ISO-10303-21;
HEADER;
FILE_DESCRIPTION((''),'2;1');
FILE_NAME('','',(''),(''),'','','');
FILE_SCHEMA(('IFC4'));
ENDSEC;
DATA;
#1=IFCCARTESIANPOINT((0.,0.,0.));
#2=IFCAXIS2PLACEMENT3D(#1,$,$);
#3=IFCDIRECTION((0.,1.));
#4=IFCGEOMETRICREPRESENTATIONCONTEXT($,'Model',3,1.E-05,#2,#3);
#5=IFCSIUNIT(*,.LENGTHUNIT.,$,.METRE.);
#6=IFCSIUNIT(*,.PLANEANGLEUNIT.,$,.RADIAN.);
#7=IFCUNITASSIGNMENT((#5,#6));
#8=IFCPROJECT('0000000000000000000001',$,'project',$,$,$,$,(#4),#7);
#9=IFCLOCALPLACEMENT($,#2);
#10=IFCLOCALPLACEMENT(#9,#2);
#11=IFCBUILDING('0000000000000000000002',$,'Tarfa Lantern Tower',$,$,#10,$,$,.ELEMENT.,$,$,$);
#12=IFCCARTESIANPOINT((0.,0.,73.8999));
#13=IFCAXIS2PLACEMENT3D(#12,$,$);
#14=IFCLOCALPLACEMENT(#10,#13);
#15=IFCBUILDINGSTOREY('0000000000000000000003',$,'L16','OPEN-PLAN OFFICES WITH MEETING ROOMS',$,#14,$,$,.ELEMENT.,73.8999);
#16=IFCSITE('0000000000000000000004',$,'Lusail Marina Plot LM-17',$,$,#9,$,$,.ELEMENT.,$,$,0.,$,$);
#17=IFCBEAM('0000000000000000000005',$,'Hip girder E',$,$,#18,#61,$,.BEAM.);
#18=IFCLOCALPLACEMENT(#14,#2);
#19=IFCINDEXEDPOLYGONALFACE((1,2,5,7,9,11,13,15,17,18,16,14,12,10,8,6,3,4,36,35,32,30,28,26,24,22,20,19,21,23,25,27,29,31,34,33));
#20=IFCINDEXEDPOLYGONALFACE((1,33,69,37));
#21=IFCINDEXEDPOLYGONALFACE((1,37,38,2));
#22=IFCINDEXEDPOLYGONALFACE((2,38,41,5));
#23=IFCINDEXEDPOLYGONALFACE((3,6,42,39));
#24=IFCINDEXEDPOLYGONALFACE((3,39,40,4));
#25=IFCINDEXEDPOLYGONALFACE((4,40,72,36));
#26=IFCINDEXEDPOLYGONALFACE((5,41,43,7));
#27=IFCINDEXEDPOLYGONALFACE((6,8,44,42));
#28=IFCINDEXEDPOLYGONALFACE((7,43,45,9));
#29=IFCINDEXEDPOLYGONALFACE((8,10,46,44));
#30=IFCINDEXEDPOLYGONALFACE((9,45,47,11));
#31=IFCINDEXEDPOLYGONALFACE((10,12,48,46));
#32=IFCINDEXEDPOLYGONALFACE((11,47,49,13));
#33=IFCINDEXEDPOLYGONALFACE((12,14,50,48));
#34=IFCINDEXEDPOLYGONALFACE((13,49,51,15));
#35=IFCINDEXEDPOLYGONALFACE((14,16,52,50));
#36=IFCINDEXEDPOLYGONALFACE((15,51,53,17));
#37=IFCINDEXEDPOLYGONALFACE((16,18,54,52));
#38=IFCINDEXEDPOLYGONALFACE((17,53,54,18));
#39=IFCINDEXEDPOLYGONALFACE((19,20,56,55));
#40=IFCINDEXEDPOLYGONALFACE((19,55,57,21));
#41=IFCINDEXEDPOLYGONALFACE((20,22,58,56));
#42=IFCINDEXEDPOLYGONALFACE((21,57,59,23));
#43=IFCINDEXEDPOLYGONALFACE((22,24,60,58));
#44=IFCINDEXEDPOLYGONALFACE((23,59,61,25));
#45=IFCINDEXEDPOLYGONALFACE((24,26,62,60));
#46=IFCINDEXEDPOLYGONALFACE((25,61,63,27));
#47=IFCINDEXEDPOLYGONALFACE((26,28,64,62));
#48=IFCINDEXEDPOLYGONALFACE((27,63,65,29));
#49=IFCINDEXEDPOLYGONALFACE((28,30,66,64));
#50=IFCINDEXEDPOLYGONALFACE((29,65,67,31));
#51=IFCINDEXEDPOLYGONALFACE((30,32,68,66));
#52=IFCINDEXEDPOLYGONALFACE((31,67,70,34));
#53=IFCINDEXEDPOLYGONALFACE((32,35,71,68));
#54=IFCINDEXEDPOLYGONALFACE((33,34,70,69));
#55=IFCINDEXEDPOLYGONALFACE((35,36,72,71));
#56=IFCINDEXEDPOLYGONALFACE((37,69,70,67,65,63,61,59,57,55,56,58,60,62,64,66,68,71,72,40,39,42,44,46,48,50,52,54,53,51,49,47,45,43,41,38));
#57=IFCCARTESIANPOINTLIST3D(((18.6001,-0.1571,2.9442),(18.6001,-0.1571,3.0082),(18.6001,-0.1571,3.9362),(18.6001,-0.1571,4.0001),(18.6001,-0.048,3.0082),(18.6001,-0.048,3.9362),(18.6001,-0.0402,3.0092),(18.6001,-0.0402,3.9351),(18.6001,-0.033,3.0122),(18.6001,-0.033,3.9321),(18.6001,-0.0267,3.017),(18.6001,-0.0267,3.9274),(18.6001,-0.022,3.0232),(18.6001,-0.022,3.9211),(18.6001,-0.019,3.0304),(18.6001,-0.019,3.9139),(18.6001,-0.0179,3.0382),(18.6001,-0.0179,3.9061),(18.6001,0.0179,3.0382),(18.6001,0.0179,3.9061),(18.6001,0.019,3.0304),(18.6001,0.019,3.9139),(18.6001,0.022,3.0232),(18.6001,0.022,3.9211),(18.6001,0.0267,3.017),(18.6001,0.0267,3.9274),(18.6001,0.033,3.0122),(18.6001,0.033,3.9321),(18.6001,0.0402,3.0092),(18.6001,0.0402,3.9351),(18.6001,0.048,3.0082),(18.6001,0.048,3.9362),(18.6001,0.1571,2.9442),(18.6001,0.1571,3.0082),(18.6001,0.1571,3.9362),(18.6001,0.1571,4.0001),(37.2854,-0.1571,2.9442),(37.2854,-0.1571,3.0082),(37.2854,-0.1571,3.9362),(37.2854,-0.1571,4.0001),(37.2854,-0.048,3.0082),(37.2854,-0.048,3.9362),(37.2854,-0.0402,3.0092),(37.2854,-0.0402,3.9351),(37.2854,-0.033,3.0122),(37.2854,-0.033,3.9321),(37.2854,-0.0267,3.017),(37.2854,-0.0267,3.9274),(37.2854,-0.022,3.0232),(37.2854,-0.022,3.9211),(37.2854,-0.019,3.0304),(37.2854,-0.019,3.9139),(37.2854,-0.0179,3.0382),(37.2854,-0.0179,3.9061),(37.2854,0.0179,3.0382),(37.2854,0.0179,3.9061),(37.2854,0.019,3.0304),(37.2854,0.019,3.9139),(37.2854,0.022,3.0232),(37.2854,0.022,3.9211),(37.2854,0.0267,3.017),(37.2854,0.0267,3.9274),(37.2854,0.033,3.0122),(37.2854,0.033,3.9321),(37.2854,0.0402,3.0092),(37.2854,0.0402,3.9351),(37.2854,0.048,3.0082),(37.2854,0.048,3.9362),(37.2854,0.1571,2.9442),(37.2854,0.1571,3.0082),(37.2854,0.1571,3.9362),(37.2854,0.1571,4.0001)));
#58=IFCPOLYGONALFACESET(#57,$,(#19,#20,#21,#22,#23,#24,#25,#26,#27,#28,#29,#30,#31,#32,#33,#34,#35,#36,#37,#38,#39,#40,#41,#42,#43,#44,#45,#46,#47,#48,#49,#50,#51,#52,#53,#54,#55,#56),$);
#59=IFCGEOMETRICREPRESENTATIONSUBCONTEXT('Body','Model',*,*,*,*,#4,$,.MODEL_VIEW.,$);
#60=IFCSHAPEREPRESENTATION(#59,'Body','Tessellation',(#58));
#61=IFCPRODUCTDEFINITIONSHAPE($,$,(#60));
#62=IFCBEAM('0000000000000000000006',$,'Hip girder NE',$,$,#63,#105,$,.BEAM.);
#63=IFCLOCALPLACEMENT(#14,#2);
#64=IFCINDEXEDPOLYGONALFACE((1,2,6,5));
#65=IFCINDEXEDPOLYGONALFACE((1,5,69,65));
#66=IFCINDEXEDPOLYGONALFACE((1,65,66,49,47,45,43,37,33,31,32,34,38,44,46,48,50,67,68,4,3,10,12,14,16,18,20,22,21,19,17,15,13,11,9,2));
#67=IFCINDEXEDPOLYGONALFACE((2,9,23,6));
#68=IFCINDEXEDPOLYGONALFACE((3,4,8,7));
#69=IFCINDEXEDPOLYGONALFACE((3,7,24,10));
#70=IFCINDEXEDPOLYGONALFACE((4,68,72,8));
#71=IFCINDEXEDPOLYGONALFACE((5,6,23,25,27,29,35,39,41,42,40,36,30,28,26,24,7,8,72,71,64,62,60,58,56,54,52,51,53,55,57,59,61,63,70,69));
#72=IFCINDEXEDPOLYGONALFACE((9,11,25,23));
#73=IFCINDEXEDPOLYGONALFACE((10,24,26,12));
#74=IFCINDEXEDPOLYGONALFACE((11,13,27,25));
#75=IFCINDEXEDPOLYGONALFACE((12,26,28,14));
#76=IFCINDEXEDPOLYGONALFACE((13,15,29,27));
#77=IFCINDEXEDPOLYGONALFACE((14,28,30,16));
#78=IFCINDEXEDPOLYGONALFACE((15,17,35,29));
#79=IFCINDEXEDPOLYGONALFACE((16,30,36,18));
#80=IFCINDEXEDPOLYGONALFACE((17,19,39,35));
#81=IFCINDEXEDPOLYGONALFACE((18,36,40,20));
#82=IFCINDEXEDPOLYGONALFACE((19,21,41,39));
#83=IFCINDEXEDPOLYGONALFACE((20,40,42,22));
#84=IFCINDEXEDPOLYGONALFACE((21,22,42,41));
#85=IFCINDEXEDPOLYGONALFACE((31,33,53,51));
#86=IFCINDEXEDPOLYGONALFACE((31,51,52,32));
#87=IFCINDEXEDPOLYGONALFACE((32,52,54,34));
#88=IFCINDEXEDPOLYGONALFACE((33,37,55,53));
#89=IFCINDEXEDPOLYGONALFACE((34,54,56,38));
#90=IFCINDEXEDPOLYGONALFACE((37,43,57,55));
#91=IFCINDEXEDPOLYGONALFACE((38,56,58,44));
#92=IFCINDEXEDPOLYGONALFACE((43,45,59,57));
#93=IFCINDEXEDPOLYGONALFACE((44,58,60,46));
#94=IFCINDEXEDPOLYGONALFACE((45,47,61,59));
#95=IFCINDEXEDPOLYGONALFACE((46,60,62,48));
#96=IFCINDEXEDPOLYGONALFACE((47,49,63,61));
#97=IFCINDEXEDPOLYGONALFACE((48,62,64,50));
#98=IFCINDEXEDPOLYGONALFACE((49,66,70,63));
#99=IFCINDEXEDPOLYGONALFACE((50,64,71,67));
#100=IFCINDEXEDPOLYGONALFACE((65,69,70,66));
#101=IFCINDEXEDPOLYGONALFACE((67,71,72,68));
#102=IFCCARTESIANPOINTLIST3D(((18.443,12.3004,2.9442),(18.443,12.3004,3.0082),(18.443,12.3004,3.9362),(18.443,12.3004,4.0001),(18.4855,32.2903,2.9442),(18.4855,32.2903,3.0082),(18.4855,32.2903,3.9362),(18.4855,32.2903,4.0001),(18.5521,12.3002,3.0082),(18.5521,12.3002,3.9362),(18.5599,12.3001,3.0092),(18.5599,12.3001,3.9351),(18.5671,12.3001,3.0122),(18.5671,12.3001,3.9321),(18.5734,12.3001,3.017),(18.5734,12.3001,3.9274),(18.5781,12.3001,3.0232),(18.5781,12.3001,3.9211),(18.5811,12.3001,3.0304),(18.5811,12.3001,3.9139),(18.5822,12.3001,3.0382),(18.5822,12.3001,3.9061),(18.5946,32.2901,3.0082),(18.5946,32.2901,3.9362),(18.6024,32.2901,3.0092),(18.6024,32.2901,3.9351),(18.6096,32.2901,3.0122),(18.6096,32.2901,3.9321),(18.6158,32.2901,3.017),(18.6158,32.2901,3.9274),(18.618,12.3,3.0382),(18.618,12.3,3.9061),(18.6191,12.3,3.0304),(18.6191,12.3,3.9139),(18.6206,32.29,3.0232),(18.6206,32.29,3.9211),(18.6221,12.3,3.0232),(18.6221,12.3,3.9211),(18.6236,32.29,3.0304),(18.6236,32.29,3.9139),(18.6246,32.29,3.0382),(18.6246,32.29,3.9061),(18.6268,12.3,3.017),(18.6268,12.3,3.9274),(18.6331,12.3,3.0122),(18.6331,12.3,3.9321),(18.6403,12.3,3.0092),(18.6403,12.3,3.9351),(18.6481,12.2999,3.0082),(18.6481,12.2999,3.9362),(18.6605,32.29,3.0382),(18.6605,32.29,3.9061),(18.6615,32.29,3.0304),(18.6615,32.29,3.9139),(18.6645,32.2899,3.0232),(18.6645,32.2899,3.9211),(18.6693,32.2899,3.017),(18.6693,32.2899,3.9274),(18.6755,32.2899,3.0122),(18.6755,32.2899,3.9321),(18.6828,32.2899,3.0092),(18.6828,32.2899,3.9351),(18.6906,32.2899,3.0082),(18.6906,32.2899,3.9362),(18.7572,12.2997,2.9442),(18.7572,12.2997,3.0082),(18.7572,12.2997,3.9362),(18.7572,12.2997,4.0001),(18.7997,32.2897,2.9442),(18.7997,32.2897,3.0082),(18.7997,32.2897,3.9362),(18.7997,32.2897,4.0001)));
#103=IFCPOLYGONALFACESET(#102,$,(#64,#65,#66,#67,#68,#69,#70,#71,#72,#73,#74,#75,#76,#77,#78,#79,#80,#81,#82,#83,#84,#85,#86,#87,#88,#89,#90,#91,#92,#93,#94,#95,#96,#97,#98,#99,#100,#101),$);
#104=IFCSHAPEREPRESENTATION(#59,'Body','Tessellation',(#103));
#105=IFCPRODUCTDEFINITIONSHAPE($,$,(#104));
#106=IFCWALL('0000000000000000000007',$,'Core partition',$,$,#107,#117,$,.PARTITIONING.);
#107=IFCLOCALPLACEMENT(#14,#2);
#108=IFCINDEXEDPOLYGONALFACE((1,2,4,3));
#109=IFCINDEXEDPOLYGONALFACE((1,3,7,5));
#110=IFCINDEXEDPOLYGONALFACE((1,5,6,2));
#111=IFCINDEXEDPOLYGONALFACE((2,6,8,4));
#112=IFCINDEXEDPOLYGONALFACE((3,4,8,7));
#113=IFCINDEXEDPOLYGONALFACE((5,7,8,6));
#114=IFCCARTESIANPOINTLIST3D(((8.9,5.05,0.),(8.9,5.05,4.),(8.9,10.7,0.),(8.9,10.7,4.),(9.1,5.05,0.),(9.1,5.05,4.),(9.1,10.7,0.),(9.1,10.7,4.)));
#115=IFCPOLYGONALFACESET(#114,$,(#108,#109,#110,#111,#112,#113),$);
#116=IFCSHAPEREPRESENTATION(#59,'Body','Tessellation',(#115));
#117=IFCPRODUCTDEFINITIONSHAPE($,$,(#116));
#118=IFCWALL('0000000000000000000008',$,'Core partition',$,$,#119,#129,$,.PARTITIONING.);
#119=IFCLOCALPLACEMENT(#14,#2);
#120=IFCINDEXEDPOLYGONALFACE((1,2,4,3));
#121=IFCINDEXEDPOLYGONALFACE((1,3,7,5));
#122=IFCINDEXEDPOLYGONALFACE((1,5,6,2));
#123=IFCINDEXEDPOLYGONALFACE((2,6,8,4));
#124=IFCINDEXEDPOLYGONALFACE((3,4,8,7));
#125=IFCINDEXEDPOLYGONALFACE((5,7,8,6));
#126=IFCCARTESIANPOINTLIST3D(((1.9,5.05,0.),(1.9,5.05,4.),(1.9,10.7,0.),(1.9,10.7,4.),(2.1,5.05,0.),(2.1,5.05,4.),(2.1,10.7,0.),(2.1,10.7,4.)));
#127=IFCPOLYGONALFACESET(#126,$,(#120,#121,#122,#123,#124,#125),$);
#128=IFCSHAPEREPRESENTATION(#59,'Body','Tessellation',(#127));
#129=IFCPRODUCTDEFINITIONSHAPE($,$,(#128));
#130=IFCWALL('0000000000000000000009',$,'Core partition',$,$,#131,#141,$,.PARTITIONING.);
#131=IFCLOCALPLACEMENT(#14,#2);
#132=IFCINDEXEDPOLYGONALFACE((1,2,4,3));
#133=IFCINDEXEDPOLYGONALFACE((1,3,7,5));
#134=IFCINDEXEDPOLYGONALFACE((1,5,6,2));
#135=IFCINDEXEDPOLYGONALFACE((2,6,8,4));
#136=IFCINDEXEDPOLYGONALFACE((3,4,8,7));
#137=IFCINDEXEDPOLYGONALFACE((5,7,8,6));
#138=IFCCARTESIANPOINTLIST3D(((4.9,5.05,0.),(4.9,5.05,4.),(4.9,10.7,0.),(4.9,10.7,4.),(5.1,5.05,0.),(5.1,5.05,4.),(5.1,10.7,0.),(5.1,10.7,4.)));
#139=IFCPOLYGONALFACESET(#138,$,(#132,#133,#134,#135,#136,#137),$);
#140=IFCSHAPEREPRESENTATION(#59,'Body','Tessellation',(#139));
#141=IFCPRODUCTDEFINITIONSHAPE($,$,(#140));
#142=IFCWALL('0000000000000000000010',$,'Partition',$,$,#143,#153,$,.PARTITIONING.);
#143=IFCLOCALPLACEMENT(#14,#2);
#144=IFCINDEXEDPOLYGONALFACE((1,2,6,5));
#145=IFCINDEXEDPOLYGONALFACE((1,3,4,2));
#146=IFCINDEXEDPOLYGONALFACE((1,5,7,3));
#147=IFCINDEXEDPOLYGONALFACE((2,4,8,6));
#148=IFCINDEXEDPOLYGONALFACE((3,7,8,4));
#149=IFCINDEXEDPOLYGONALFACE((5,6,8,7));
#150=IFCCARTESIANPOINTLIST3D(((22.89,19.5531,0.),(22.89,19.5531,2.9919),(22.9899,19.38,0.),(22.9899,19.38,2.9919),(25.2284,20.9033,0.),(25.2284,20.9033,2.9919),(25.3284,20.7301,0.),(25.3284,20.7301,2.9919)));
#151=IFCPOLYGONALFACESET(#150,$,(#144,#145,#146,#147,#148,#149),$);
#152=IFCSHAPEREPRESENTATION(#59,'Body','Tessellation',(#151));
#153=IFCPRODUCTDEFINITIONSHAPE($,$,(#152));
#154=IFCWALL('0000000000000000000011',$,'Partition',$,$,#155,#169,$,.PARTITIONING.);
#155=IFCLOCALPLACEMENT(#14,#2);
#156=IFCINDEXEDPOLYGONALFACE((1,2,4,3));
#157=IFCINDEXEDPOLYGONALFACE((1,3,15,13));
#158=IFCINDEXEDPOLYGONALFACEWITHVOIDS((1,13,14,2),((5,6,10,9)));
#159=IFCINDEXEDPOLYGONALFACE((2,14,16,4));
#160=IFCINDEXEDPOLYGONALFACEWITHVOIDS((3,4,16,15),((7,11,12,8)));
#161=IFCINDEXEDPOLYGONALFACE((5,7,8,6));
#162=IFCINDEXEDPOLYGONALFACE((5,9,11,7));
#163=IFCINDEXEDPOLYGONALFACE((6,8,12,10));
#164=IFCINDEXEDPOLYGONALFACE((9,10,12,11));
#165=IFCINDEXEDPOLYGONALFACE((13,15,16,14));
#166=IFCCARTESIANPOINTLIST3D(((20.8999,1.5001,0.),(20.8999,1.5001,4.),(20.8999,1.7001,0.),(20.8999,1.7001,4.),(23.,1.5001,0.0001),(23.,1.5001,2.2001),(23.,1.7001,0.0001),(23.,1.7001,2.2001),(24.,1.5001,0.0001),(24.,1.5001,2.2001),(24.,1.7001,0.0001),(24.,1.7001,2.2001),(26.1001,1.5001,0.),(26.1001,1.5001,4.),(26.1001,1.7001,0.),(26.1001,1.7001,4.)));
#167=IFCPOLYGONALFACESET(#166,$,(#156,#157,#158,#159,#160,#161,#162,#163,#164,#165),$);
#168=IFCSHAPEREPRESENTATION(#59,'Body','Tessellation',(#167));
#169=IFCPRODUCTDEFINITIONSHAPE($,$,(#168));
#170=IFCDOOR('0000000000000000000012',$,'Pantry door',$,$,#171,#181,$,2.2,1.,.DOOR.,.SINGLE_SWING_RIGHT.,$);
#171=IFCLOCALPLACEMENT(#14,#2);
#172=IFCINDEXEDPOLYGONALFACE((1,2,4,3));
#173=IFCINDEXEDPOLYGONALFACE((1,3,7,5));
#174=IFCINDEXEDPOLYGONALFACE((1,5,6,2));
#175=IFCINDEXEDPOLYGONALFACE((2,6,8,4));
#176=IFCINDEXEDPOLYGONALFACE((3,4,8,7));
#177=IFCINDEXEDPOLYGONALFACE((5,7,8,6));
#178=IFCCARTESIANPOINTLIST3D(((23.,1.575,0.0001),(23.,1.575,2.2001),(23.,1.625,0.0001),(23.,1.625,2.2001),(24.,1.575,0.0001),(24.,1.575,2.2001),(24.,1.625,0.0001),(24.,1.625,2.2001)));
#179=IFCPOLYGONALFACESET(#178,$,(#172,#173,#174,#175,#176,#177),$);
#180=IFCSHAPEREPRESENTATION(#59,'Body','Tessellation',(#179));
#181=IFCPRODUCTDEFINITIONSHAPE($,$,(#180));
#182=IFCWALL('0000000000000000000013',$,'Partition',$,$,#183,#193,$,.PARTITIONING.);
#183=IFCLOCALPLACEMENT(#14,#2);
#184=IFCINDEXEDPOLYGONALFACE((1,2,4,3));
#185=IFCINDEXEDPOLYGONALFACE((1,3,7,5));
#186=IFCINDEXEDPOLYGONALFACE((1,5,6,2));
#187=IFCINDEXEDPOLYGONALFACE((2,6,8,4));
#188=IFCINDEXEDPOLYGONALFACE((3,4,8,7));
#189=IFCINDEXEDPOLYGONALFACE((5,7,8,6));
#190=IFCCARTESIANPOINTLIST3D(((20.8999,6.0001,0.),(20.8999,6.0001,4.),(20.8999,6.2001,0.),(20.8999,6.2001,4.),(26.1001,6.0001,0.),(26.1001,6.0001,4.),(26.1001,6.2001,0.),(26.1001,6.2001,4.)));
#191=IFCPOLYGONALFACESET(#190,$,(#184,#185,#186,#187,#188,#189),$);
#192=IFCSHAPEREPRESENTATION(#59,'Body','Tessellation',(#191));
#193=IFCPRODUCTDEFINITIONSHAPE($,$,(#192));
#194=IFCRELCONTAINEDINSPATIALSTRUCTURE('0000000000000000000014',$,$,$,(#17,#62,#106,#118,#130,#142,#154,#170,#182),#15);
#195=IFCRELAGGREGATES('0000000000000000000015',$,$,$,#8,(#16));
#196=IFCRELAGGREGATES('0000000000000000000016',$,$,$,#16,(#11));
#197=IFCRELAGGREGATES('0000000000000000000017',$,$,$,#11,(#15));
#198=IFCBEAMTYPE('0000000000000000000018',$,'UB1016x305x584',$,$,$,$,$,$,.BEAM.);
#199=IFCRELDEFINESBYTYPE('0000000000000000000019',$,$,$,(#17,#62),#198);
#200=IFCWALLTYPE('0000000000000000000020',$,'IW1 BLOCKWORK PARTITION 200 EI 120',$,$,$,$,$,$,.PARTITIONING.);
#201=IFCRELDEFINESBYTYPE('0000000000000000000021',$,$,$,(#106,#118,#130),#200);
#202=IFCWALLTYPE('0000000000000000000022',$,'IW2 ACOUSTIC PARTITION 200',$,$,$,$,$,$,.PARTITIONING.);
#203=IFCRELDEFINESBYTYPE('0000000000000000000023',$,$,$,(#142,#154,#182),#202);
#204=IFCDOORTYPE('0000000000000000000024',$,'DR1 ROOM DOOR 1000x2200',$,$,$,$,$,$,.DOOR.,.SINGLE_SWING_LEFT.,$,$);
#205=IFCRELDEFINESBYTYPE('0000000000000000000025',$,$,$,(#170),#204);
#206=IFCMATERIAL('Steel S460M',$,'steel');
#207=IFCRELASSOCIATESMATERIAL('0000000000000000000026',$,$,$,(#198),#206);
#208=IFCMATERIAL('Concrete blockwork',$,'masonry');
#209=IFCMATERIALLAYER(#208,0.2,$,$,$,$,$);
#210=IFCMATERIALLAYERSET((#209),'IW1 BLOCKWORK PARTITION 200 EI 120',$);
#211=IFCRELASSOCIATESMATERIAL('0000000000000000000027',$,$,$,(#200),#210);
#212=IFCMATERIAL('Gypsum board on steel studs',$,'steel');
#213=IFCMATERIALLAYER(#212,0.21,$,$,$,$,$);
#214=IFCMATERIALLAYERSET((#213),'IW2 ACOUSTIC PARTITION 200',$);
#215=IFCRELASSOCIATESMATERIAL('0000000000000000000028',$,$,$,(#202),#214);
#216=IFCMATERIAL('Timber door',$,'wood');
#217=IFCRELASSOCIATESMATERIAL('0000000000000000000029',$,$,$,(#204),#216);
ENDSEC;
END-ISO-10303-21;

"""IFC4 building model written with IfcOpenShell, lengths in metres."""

from ifc_helpers import new_model, si_unit, direction, frame, frame_2d, origin, origin_2d, place, context, subcontext, project, spatial, rectangle, i_section, extrude, material, layer, layer_set, material_profile, profile_set, type_object, element, fill, save


model = new_model("IFC4")

# Units and contexts
model_context = context("Model", 3, precision=1e-05, world=origin(), true_north=direction((0.0, 1.0)))
body_context = subcontext(model_context, "Body", "Model", "MODEL_VIEW")
ifc_project = project(units=[si_unit("LENGTHUNIT", "METRE"), si_unit("PLANEANGLEUNIT", "RADIAN")], contexts=[model_context])

# Site, building, storey
site_placement = place(None, origin())
site = spatial("IfcSite", under=ifc_project, at=site_placement, Name="Lusail Marina Plot LM-17", CompositionType="ELEMENT", RefElevation=0.0)
building_placement = place(site_placement, origin())
building = spatial("IfcBuilding", under=site, at=building_placement, Name="Tarfa Lantern Tower", CompositionType="ELEMENT")
storey_placement = place(building_placement, frame((0.0, 0.0, 73.8999)))
storey = spatial("IfcBuildingStorey", under=building, at=storey_placement, Name="L16", Description="OPEN-PLAN OFFICES WITH MEETING ROOMS", CompositionType="ELEMENT", Elevation=73.8999)

# Beams
ifc_material_1 = material(Name="Steel S460M", Category="steel")
ifc_material_profile = material_profile(ifc_material_1, i_section(OverallWidth=0.3142, OverallDepth=1.0559, WebThickness=0.0359, FlangeThickness=0.064, FilletRadius=0.03, at=origin_2d()), Name="UB1016x305x584")
ifc_profile_set = profile_set([ifc_material_profile], Name="Steel S460M")
beam_type = type_object("IfcBeamType", Name="UB1016x305x584", PredefinedType="BEAM", material=ifc_profile_set)
beam_1_placement = place(storey_placement, frame((18.6001, 0.0, 3.4722), z_axis=(1.0, 0.0, 0.0), x_axis=(0.0, 1.0, 0.0)))
element("IfcBeam", 1, at=beam_1_placement, inside=storey, type_object=beam_type, Name="Hip girder E", PredefinedType="BEAM", context=body_context, shape_type="SweptSolid", body=[
    extrude(i_section(OverallWidth=0.3142, OverallDepth=1.0559, WebThickness=0.0359, FlangeThickness=0.064, FilletRadius=0.03, at=origin_2d()), origin(), (0.0, 0.0, 1.0), 18.6853),
])
beam_2_placement = place(storey_placement, frame((18.6001, 12.3, 3.4722), z_axis=(0.002125, 0.999998, 0.0), x_axis=(-0.999998, 0.002125, 0.0)))
element("IfcBeam", 2, at=beam_2_placement, inside=storey, type_object=beam_type, Name="Hip girder NE", PredefinedType="BEAM", context=body_context, shape_type="SweptSolid", body=[
    extrude(i_section(OverallWidth=0.3142, OverallDepth=1.0559, WebThickness=0.0359, FlangeThickness=0.064, FilletRadius=0.03, at=origin_2d()), origin(), (0.0, 0.0, 1.0), 19.99),
])

# Walls
ifc_material_2 = material(Name="Concrete blockwork", Category="masonry")
ifc_layer_1 = layer(ifc_material_2, 0.2)
ifc_layer_set_1 = layer_set([ifc_layer_1], Name="IW1 BLOCKWORK PARTITION 200 EI 120")
wall_type_1 = type_object("IfcWallType", Name="IW1 BLOCKWORK PARTITION 200 EI 120", PredefinedType="PARTITIONING", material=ifc_layer_set_1)
for number, where, z_axis, x_axis, name in (
    (3, (9.0, 5.05, 0.0), (0.0, 0.0, 1.0), (0.0, 1.0, 0.0), "Core partition"),
    (4, (2.0, 5.05, 0.0), (0.0, 0.0, 1.0), (0.0, 1.0, 0.0), "Core partition"),
    (5, (5.0, 5.05, 0.0), (0.0, 0.0, 1.0), (0.0, 1.0, 0.0), "Core partition"),
):
    element("IfcWall", number, at=place(storey_placement, frame(where, z_axis=z_axis, x_axis=x_axis)), inside=storey, type_object=wall_type_1, Name=name, PredefinedType="PARTITIONING", context=body_context, shape_type="SweptSolid", body=[
        extrude(rectangle(XDim=5.6499, YDim=0.2, at=frame_2d((2.825, 0.0))), origin(), (0.0, 0.0, 1.0), 4.0),
    ])
ifc_material_3 = material(Name="Gypsum board on steel studs", Category="steel")
ifc_layer_2 = layer(ifc_material_3, 0.21)
ifc_layer_set_2 = layer_set([ifc_layer_2], Name="IW2 ACOUSTIC PARTITION 200")
wall_type_2 = type_object("IfcWallType", Name="IW2 ACOUSTIC PARTITION 200", PredefinedType="PARTITIONING", material=ifc_layer_set_2)
wall_1_placement = place(storey_placement, frame((22.9399, 19.4666, 0.0), z_axis=(0.0, 0.0, 1.0), x_axis=(0.86602, 0.500009, 0.0)))
element("IfcWall", 6, at=wall_1_placement, inside=storey, type_object=wall_type_2, Name="Partition", PredefinedType="PARTITIONING", context=body_context, shape_type="SweptSolid", body=[
    extrude(rectangle(XDim=2.7002, YDim=0.2, at=frame_2d((1.3501, 0.0))), origin(), (0.0, 0.0, 1.0), 2.9919),
])

# Wall, opening, door
wall_2_placement = place(storey_placement, frame((20.8999, 1.6001, 0.0), z_axis=(0.0, 0.0, 1.0), x_axis=(1.0, 0.0, 0.0)))
wall_2 = element("IfcWall", 7, at=wall_2_placement, inside=storey, type_object=wall_type_2, Name="Partition", PredefinedType="PARTITIONING", context=body_context, shape_type="SweptSolid", body=[
    extrude(rectangle(XDim=5.2002, YDim=0.2, at=frame_2d((2.6001, 0.0))), origin(), (0.0, 0.0, 1.0), 4.0),
])
opening_1_placement = place(wall_2_placement, frame((2.1001, 0.0, 0.0)))
opening_1 = element("IfcOpeningElement", 8, at=opening_1_placement, cuts=wall_2, PredefinedType="OPENING", context=body_context, shape_type="SweptSolid", body=[
    extrude(rectangle(XDim=1.0, YDim=2.2, at=frame_2d((0.5, 1.1001))), frame((0.0, 0.1099, 0.0), z_axis=(0.0, -1.0, 0.0), x_axis=(1.0, 0.0, 0.0)), (0.0, 0.0, 1.0), 0.22),
])
ifc_material_4 = material(Name="Timber door", Category="wood")
door_type_1 = type_object("IfcDoorType", Name="DR1 ROOM DOOR 1000x2200", OperationType="SINGLE_SWING_LEFT", PredefinedType="DOOR", material=ifc_material_4)
door_1_placement = place(opening_1_placement, origin())
door_1 = element("IfcDoor", 9, at=door_1_placement, inside=storey, type_object=door_type_1, Name="Pantry door", OperationType="SINGLE_SWING_RIGHT", OverallHeight=2.2, OverallWidth=1.0, PredefinedType="DOOR", context=body_context, shape_type="SweptSolid", body=[
    extrude(rectangle(XDim=1.0, YDim=2.2, at=frame_2d((0.5, 1.1001))), frame((0.0, 0.0249, 0.0), z_axis=(0.0, -1.0, 0.0), x_axis=(1.0, 0.0, 0.0)), (0.0, 0.0, 1.0), 0.05),
])
fill(opening_1, door_1)

# Wall
wall_3_placement = place(storey_placement, frame((20.8999, 6.1001, 0.0), z_axis=(0.0, 0.0, 1.0), x_axis=(1.0, 0.0, 0.0)))
element("IfcWall", 10, at=wall_3_placement, inside=storey, type_object=wall_type_2, Name="Partition", PredefinedType="PARTITIONING", context=body_context, shape_type="SweptSolid", body=[
    extrude(rectangle(XDim=5.2002, YDim=0.2, at=frame_2d((2.6001, 0.0))), origin(), (0.0, 0.0, 1.0), 4.0),
])

save(model, "model.ifc")
